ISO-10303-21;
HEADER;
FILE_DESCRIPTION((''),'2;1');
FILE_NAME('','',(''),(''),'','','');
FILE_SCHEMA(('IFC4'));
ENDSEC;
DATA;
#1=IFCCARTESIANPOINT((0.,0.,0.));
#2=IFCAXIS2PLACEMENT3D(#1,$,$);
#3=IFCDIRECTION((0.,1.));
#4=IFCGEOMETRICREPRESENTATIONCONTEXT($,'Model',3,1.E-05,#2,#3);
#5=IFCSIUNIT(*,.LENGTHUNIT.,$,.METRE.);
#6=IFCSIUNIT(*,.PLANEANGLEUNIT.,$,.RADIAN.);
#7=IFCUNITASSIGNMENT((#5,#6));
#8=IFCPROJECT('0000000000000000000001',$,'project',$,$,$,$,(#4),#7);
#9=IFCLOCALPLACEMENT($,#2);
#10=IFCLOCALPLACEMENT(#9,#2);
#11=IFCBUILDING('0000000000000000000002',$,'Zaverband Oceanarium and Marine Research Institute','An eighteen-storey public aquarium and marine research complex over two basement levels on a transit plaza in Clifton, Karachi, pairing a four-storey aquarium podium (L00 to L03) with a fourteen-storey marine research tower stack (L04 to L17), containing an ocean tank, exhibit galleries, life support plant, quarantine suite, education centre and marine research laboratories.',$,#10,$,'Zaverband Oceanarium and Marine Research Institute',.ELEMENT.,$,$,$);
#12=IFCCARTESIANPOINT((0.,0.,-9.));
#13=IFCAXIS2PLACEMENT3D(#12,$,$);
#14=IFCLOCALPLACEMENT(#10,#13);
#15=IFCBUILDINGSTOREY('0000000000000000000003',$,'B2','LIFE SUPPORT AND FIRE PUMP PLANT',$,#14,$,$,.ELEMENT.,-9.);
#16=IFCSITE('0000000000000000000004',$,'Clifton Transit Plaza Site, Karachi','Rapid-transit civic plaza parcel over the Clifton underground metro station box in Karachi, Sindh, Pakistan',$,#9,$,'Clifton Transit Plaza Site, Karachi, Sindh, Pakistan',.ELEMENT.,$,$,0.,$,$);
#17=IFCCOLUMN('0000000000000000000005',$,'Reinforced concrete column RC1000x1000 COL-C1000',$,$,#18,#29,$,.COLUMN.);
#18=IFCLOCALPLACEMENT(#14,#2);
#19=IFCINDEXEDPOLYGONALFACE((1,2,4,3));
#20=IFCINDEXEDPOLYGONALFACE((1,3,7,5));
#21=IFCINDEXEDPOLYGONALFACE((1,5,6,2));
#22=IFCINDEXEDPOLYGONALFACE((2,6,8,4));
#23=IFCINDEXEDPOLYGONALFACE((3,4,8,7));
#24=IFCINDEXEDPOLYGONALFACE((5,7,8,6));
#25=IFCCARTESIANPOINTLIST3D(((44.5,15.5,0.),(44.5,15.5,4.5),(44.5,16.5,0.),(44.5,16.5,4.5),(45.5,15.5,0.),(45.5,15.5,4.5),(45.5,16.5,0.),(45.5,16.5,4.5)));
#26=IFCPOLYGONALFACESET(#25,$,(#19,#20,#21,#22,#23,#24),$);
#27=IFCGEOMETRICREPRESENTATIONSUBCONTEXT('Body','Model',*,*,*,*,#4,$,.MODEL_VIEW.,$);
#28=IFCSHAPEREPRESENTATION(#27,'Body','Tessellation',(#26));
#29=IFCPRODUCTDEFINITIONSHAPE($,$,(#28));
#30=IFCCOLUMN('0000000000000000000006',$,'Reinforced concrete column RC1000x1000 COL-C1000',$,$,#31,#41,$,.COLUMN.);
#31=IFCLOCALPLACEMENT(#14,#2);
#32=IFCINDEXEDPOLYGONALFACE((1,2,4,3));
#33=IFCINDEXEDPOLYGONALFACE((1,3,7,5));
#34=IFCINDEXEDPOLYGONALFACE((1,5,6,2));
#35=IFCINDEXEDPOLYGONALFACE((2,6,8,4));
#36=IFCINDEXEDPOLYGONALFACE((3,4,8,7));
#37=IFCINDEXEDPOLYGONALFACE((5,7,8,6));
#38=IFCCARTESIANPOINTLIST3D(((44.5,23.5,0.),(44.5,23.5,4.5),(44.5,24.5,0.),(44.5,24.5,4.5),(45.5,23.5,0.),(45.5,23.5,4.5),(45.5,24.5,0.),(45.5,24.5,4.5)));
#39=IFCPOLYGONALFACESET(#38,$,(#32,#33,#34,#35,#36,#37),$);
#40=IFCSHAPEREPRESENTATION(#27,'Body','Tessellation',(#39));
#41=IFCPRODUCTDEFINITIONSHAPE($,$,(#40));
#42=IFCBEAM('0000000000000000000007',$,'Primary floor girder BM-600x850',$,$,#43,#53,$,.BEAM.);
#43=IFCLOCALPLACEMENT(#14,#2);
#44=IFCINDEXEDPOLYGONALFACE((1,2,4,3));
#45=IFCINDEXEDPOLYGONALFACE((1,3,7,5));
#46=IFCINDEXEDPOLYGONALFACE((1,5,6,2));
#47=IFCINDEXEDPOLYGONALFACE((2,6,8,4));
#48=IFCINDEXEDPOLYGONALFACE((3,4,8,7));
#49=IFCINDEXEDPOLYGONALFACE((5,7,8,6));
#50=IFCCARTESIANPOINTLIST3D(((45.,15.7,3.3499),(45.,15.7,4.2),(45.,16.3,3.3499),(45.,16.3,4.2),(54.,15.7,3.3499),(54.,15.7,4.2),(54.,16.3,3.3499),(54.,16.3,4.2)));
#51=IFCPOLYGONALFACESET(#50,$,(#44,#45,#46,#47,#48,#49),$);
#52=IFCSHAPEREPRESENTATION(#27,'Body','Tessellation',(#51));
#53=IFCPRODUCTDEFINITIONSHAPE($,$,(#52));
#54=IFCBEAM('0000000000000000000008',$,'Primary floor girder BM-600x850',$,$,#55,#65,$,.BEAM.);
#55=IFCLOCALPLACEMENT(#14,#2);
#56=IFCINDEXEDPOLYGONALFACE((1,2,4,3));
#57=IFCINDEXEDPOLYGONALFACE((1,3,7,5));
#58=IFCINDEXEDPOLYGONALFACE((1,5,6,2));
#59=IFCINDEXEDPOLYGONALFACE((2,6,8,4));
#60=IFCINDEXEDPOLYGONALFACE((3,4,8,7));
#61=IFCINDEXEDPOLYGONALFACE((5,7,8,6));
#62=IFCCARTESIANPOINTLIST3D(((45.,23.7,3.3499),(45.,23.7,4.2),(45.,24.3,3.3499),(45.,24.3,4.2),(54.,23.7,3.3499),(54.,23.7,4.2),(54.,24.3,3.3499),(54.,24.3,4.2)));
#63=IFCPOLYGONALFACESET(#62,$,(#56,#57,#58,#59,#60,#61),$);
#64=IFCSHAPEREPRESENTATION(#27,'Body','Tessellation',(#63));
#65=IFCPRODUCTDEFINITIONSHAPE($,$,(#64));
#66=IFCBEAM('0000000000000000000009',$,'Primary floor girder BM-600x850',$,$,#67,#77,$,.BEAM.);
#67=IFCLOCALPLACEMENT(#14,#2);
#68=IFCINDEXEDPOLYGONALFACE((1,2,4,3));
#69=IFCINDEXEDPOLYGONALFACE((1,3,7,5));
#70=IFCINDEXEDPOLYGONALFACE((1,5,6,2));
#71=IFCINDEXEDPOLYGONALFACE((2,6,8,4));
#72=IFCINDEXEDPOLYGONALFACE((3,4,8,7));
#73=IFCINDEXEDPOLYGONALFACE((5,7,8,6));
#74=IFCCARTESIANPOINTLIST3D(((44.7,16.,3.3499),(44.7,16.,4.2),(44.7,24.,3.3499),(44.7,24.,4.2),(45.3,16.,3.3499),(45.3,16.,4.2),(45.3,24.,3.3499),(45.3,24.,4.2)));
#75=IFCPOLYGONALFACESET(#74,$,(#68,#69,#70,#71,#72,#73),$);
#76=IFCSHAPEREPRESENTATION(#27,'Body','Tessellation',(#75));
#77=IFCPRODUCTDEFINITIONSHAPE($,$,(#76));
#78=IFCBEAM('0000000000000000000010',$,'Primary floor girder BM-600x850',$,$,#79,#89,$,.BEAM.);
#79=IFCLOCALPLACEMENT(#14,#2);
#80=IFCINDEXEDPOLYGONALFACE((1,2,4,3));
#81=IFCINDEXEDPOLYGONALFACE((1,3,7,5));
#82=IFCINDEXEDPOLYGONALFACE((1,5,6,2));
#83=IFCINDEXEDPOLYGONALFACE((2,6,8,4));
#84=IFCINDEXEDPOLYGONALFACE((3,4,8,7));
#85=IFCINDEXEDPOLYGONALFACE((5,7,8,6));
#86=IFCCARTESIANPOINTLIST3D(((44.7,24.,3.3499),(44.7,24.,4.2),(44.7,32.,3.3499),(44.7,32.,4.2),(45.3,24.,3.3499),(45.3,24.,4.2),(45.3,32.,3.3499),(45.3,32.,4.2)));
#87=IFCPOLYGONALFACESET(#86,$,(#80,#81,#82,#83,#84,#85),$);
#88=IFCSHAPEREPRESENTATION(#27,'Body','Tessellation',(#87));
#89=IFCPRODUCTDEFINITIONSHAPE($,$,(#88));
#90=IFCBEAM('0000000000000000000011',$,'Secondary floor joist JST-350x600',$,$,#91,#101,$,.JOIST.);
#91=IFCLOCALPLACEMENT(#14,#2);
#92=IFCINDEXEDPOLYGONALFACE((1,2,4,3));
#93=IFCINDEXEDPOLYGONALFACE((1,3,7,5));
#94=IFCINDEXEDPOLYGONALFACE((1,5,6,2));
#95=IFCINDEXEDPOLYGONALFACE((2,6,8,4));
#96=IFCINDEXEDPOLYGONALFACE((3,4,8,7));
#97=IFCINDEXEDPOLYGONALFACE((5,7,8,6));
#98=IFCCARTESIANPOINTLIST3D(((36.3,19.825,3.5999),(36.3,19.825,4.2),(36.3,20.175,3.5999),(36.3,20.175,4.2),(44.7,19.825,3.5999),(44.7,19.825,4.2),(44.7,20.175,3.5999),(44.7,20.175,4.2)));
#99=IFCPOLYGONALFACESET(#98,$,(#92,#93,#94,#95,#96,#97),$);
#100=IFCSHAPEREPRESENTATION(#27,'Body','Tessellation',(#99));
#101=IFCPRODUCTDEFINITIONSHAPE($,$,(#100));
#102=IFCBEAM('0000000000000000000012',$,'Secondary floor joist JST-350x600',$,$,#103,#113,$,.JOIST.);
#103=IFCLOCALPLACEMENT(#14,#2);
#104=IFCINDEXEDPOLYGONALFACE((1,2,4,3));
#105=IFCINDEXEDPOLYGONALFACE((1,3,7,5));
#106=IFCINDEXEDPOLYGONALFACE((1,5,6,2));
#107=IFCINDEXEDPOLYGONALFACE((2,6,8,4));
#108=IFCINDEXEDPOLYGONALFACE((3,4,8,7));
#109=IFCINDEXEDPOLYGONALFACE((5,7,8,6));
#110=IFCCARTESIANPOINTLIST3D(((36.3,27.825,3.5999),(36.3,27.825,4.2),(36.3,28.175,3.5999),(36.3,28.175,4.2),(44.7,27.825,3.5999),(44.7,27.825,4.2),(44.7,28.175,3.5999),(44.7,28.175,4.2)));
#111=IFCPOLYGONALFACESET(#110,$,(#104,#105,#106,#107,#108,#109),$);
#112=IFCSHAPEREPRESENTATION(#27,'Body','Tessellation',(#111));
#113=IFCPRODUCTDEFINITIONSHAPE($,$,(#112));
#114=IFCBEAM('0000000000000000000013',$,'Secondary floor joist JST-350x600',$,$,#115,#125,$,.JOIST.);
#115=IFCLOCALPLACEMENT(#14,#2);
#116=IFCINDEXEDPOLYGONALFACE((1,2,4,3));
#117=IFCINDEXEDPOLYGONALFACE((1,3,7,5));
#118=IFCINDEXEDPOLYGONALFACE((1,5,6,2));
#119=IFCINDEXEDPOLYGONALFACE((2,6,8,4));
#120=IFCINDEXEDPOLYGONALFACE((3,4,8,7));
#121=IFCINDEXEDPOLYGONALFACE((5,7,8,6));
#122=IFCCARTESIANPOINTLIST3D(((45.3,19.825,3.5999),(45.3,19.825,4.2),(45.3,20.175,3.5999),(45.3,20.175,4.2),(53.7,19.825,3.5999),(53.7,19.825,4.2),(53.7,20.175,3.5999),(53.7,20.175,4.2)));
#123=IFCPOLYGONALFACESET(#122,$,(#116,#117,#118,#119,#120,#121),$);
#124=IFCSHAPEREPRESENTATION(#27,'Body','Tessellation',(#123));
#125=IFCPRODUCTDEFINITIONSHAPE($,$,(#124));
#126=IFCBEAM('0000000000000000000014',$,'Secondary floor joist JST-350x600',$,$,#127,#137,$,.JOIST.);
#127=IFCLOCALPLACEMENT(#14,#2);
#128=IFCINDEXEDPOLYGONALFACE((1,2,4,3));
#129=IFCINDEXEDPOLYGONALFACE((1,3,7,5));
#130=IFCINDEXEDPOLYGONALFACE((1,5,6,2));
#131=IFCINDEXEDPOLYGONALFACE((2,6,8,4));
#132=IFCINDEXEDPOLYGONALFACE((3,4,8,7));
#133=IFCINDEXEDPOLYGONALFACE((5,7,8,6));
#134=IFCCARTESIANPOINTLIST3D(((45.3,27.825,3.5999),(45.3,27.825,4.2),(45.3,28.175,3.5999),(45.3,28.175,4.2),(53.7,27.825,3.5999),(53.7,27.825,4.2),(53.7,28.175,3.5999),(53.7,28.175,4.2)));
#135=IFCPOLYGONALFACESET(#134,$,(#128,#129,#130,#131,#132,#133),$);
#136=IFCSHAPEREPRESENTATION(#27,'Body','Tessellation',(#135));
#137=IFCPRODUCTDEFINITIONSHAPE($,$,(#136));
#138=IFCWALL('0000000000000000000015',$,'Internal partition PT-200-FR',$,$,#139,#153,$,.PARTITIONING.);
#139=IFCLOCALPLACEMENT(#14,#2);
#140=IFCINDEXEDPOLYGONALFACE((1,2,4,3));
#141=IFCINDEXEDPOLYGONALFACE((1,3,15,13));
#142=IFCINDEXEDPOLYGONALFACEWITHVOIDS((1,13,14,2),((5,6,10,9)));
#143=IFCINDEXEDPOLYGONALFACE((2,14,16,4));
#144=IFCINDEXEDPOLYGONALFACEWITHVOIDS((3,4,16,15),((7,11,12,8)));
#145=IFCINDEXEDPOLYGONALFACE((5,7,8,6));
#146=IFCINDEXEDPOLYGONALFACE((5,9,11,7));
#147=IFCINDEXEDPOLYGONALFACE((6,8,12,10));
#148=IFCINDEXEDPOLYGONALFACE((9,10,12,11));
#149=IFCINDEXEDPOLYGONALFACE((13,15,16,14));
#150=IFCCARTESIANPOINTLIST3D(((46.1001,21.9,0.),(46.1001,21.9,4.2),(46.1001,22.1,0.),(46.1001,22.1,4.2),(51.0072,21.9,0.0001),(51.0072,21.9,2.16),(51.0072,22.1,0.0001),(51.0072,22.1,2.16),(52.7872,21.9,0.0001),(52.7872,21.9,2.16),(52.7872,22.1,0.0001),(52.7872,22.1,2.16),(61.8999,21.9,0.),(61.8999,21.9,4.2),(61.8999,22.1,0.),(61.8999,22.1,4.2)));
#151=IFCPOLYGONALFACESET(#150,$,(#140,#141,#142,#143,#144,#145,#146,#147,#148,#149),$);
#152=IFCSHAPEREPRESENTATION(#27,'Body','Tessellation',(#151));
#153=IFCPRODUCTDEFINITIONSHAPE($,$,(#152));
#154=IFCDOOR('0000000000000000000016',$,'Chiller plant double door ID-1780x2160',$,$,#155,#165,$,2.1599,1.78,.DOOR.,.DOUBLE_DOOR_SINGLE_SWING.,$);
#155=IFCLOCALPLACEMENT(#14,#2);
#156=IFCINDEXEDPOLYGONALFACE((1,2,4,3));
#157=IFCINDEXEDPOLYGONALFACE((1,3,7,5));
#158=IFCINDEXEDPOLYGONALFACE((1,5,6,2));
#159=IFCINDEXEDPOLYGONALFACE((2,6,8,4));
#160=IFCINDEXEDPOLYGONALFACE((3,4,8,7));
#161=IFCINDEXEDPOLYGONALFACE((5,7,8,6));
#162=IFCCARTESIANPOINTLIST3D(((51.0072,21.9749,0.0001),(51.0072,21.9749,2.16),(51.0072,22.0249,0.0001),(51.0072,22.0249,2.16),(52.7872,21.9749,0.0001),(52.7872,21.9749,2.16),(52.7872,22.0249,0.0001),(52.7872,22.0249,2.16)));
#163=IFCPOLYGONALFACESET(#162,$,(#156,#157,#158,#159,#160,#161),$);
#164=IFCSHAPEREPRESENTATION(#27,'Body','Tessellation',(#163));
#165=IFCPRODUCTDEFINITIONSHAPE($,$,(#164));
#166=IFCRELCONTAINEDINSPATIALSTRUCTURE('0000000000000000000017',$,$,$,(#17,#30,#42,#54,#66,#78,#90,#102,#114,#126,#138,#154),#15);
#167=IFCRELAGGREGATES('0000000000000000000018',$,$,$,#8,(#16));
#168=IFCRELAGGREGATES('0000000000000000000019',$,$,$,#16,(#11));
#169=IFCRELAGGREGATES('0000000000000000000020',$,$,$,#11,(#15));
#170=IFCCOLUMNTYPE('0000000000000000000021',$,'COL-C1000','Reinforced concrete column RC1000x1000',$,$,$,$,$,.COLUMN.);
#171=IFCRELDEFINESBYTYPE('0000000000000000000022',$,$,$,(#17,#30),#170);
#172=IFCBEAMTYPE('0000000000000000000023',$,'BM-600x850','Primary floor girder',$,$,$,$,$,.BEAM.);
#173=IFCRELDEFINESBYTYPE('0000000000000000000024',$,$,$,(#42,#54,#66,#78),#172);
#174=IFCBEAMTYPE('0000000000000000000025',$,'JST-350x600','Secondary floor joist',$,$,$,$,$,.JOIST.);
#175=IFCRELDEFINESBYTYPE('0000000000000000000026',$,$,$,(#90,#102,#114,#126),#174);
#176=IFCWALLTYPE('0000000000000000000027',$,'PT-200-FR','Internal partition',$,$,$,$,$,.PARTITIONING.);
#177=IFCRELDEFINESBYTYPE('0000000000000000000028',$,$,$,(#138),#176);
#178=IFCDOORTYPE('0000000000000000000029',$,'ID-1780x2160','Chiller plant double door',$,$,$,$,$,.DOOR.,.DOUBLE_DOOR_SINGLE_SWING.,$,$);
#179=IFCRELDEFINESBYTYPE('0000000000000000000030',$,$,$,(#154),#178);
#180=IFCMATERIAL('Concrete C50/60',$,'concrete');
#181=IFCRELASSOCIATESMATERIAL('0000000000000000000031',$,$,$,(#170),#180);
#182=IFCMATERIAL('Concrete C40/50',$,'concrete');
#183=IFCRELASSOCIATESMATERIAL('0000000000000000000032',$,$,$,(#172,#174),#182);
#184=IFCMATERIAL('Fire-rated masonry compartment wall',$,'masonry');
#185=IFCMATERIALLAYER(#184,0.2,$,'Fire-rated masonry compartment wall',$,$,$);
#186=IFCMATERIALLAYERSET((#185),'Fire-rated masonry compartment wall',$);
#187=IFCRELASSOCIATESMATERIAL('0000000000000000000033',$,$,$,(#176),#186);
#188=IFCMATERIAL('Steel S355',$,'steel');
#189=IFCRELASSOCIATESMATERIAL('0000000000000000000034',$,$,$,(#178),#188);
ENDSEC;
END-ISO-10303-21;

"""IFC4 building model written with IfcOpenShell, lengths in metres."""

from ifc_helpers import new_model, si_unit, direction, frame, frame_2d, origin, origin_2d, place, context, subcontext, project, spatial, rectangle, extrude, material, layer, layer_set, material_profile, profile_set, type_object, element, fill, save


model = new_model("IFC4")

# Units and contexts
model_context = context("Model", 3, precision=1e-05, world=origin(), true_north=direction((0.0, 1.0)))
body_context = subcontext(model_context, "Body", "Model", "MODEL_VIEW")
ifc_project = project(units=[si_unit("LENGTHUNIT", "METRE"), si_unit("PLANEANGLEUNIT", "RADIAN")], contexts=[model_context])

# Site, building, storey
site_placement = place(None, origin())
site = spatial("IfcSite", under=ifc_project, at=site_placement, Name="Clifton Transit Plaza Site, Karachi", Description="Rapid-transit civic plaza parcel over the Clifton underground metro station box in Karachi, Sindh, Pakistan", LongName="Clifton Transit Plaza Site, Karachi, Sindh, Pakistan", CompositionType="ELEMENT", RefElevation=0.0)
building_placement = place(site_placement, origin())
building = spatial("IfcBuilding", under=site, at=building_placement, Name="Zaverband Oceanarium and Marine Research Institute", Description="An eighteen-storey public aquarium and marine research complex over two basement levels on a transit plaza in Clifton, Karachi, pairing a four-storey aquarium podium (L00 to L03) with a fourteen-storey marine research tower stack (L04 to L17), containing an ocean tank, exhibit galleries, life support plant, quarantine suite, education centre and marine research laboratories.", LongName="Zaverband Oceanarium and Marine Research Institute", CompositionType="ELEMENT")
storey_placement = place(building_placement, frame((0.0, 0.0, -9.0)))
storey = spatial("IfcBuildingStorey", under=building, at=storey_placement, Name="B2", Description="LIFE SUPPORT AND FIRE PUMP PLANT", CompositionType="ELEMENT", Elevation=-9.0)

# Shared definitions
ifc_material_1 = material(Name="Concrete C50/60", Category="concrete")

# Columns
ifc_material_profile_1 = material_profile(ifc_material_1, rectangle(XDim=1.0, YDim=1.0, at=origin_2d()), Name="RC1000x1000")
ifc_profile_set_1 = profile_set([ifc_material_profile_1], Name="Concrete C50/60")
column_type = type_object("IfcColumnType", Name="COL-C1000", Description="Reinforced concrete column RC1000x1000", PredefinedType="COLUMN", material=ifc_profile_set_1)
for number, where, z_axis, x_axis, name in (
    (1, (45.0, 16.0, 0.0), (0.0, 0.0, 1.0), (1.0, 0.0, 0.0), "Reinforced concrete column RC1000x1000 COL-C1000"),
    (2, (45.0, 24.0, 0.0), (0.0, 0.0, 1.0), (1.0, 0.0, 0.0), "Reinforced concrete column RC1000x1000 COL-C1000"),
):
    element("IfcColumn", number, at=place(storey_placement, frame(where, z_axis=z_axis, x_axis=x_axis)), inside=storey, type_object=column_type, Name=name, PredefinedType="COLUMN", context=body_context, shape_type="SweptSolid", body=[
        extrude(rectangle(XDim=1.0, YDim=1.0, at=origin_2d()), origin(), (0.0, 0.0, 1.0), 4.5),
    ])

# Beams
ifc_material_2 = material(Name="Concrete C40/50", Category="concrete")
ifc_material_profile_2 = material_profile(ifc_material_2, rectangle(XDim=0.6001, YDim=0.8501, at=origin_2d()), Name="RC600x850")
ifc_profile_set_2 = profile_set([ifc_material_profile_2], Name="Concrete C40/50")
beam_type_1 = type_object("IfcBeamType", Name="BM-600x850", Description="Primary floor girder", PredefinedType="BEAM", material=ifc_profile_set_2)
for number, where, z_axis, x_axis, name in (
    (3, (45.0, 16.0, 3.7749), (1.0, 0.0, 0.0), (0.0, 1.0, 0.0), "Primary floor girder BM-600x850"),
    (4, (45.0, 24.0, 3.7749), (1.0, 0.0, 0.0), (0.0, 1.0, 0.0), "Primary floor girder BM-600x850"),
):
    element("IfcBeam", number, at=place(storey_placement, frame(where, z_axis=z_axis, x_axis=x_axis)), inside=storey, type_object=beam_type_1, Name=name, PredefinedType="BEAM", context=body_context, shape_type="SweptSolid", body=[
        extrude(rectangle(XDim=0.6001, YDim=0.8501, at=origin_2d()), origin(), (0.0, 0.0, 1.0), 9.0),
    ])
for number, where, z_axis, x_axis, name in (
    (5, (45.0, 16.0, 3.7749), (0.0, 1.0, 0.0), (-1.0, 0.0, 0.0), "Primary floor girder BM-600x850"),
    (6, (45.0, 24.0, 3.7749), (0.0, 1.0, 0.0), (-1.0, 0.0, 0.0), "Primary floor girder BM-600x850"),
):
    element("IfcBeam", number, at=place(storey_placement, frame(where, z_axis=z_axis, x_axis=x_axis)), inside=storey, type_object=beam_type_1, Name=name, PredefinedType="BEAM", context=body_context, shape_type="SweptSolid", body=[
        extrude(rectangle(XDim=0.6001, YDim=0.8501, at=origin_2d()), origin(), (0.0, 0.0, 1.0), 8.0),
    ])
ifc_material_profile_3 = material_profile(ifc_material_2, rectangle(XDim=0.3501, YDim=0.6001, at=origin_2d()), Name="RC350x600")
ifc_profile_set_3 = profile_set([ifc_material_profile_3], Name="Concrete C40/50")
beam_type_2 = type_object("IfcBeamType", Name="JST-350x600", Description="Secondary floor joist", PredefinedType="JOIST", material=ifc_profile_set_3)
for number, where, z_axis, x_axis, name in (
    (7, (36.3, 20.0, 3.8999), (1.0, 0.0, 0.0), (0.0, 1.0, 0.0), "Secondary floor joist JST-350x600"),
    (8, (36.3, 28.0, 3.8999), (1.0, 0.0, 0.0), (0.0, 1.0, 0.0), "Secondary floor joist JST-350x600"),
    (9, (45.3, 20.0, 3.8999), (1.0, 0.0, 0.0), (0.0, 1.0, 0.0), "Secondary floor joist JST-350x600"),
    (10, (45.3, 28.0, 3.8999), (1.0, 0.0, 0.0), (0.0, 1.0, 0.0), "Secondary floor joist JST-350x600"),
):
    element("IfcBeam", number, at=place(storey_placement, frame(where, z_axis=z_axis, x_axis=x_axis)), inside=storey, type_object=beam_type_2, Name=name, PredefinedType="JOIST", context=body_context, shape_type="SweptSolid", body=[
        extrude(rectangle(XDim=0.3501, YDim=0.6001, at=origin_2d()), origin(), (0.0, 0.0, 1.0), 8.3999),
    ])

# Wall, opening, door
ifc_material_3 = material(Name="Fire-rated masonry compartment wall", Category="masonry")
ifc_layer_1 = layer(ifc_material_3, 0.2, Name="Fire-rated masonry compartment wall")
ifc_layer_set_1 = layer_set([ifc_layer_1], Name="Fire-rated masonry compartment wall")
wall_type = type_object("IfcWallType", Name="PT-200-FR", Description="Internal partition", PredefinedType="PARTITIONING", material=ifc_layer_set_1)
wall_placement = place(storey_placement, frame((46.1001, 22.0, 0.0), z_axis=(0.0, 0.0, 1.0), x_axis=(1.0, 0.0, 0.0)))
wall = element("IfcWall", 11, at=wall_placement, inside=storey, type_object=wall_type, Name="Internal partition PT-200-FR", PredefinedType="PARTITIONING", context=body_context, shape_type="SweptSolid", body=[
    extrude(rectangle(XDim=15.7998, YDim=0.2, at=frame_2d((7.8999, 0.0))), origin(), (0.0, 0.0, 1.0), 4.2),
])
opening_placement = place(wall_placement, frame((4.907, 0.0, 0.0)))
opening = element("IfcOpeningElement", 12, at=opening_placement, cuts=wall, PredefinedType="OPENING", context=body_context, shape_type="SweptSolid", body=[
    extrude(rectangle(XDim=1.78, YDim=2.1599, at=frame_2d((0.8901, 1.0801))), frame((0.0, 0.1118, 0.0), z_axis=(0.0, -1.0, 0.0), x_axis=(1.0, 0.0, 0.0)), (0.0, 0.0, 1.0), 0.2239),
])
ifc_material_4 = material(Name="Steel S355", Category="steel")
door_type = type_object("IfcDoorType", Name="ID-1780x2160", Description="Chiller plant double door", OperationType="DOUBLE_DOOR_SINGLE_SWING", PredefinedType="DOOR", material=ifc_material_4)
door_placement = place(opening_placement, origin())
door = element("IfcDoor", 13, at=door_placement, inside=storey, type_object=door_type, Name="Chiller plant double door ID-1780x2160", OperationType="DOUBLE_DOOR_SINGLE_SWING", OverallHeight=2.1599, OverallWidth=1.78, PredefinedType="DOOR", context=body_context, shape_type="SweptSolid", body=[
    extrude(rectangle(XDim=1.78, YDim=2.1599, at=frame_2d((0.8901, 1.0801))), frame((0.0, 0.0249, 0.0), z_axis=(0.0, -1.0, 0.0), x_axis=(1.0, 0.0, 0.0)), (0.0, 0.0, 1.0), 0.05),
])
fill(opening, door)

save(model, "model.ifc")
